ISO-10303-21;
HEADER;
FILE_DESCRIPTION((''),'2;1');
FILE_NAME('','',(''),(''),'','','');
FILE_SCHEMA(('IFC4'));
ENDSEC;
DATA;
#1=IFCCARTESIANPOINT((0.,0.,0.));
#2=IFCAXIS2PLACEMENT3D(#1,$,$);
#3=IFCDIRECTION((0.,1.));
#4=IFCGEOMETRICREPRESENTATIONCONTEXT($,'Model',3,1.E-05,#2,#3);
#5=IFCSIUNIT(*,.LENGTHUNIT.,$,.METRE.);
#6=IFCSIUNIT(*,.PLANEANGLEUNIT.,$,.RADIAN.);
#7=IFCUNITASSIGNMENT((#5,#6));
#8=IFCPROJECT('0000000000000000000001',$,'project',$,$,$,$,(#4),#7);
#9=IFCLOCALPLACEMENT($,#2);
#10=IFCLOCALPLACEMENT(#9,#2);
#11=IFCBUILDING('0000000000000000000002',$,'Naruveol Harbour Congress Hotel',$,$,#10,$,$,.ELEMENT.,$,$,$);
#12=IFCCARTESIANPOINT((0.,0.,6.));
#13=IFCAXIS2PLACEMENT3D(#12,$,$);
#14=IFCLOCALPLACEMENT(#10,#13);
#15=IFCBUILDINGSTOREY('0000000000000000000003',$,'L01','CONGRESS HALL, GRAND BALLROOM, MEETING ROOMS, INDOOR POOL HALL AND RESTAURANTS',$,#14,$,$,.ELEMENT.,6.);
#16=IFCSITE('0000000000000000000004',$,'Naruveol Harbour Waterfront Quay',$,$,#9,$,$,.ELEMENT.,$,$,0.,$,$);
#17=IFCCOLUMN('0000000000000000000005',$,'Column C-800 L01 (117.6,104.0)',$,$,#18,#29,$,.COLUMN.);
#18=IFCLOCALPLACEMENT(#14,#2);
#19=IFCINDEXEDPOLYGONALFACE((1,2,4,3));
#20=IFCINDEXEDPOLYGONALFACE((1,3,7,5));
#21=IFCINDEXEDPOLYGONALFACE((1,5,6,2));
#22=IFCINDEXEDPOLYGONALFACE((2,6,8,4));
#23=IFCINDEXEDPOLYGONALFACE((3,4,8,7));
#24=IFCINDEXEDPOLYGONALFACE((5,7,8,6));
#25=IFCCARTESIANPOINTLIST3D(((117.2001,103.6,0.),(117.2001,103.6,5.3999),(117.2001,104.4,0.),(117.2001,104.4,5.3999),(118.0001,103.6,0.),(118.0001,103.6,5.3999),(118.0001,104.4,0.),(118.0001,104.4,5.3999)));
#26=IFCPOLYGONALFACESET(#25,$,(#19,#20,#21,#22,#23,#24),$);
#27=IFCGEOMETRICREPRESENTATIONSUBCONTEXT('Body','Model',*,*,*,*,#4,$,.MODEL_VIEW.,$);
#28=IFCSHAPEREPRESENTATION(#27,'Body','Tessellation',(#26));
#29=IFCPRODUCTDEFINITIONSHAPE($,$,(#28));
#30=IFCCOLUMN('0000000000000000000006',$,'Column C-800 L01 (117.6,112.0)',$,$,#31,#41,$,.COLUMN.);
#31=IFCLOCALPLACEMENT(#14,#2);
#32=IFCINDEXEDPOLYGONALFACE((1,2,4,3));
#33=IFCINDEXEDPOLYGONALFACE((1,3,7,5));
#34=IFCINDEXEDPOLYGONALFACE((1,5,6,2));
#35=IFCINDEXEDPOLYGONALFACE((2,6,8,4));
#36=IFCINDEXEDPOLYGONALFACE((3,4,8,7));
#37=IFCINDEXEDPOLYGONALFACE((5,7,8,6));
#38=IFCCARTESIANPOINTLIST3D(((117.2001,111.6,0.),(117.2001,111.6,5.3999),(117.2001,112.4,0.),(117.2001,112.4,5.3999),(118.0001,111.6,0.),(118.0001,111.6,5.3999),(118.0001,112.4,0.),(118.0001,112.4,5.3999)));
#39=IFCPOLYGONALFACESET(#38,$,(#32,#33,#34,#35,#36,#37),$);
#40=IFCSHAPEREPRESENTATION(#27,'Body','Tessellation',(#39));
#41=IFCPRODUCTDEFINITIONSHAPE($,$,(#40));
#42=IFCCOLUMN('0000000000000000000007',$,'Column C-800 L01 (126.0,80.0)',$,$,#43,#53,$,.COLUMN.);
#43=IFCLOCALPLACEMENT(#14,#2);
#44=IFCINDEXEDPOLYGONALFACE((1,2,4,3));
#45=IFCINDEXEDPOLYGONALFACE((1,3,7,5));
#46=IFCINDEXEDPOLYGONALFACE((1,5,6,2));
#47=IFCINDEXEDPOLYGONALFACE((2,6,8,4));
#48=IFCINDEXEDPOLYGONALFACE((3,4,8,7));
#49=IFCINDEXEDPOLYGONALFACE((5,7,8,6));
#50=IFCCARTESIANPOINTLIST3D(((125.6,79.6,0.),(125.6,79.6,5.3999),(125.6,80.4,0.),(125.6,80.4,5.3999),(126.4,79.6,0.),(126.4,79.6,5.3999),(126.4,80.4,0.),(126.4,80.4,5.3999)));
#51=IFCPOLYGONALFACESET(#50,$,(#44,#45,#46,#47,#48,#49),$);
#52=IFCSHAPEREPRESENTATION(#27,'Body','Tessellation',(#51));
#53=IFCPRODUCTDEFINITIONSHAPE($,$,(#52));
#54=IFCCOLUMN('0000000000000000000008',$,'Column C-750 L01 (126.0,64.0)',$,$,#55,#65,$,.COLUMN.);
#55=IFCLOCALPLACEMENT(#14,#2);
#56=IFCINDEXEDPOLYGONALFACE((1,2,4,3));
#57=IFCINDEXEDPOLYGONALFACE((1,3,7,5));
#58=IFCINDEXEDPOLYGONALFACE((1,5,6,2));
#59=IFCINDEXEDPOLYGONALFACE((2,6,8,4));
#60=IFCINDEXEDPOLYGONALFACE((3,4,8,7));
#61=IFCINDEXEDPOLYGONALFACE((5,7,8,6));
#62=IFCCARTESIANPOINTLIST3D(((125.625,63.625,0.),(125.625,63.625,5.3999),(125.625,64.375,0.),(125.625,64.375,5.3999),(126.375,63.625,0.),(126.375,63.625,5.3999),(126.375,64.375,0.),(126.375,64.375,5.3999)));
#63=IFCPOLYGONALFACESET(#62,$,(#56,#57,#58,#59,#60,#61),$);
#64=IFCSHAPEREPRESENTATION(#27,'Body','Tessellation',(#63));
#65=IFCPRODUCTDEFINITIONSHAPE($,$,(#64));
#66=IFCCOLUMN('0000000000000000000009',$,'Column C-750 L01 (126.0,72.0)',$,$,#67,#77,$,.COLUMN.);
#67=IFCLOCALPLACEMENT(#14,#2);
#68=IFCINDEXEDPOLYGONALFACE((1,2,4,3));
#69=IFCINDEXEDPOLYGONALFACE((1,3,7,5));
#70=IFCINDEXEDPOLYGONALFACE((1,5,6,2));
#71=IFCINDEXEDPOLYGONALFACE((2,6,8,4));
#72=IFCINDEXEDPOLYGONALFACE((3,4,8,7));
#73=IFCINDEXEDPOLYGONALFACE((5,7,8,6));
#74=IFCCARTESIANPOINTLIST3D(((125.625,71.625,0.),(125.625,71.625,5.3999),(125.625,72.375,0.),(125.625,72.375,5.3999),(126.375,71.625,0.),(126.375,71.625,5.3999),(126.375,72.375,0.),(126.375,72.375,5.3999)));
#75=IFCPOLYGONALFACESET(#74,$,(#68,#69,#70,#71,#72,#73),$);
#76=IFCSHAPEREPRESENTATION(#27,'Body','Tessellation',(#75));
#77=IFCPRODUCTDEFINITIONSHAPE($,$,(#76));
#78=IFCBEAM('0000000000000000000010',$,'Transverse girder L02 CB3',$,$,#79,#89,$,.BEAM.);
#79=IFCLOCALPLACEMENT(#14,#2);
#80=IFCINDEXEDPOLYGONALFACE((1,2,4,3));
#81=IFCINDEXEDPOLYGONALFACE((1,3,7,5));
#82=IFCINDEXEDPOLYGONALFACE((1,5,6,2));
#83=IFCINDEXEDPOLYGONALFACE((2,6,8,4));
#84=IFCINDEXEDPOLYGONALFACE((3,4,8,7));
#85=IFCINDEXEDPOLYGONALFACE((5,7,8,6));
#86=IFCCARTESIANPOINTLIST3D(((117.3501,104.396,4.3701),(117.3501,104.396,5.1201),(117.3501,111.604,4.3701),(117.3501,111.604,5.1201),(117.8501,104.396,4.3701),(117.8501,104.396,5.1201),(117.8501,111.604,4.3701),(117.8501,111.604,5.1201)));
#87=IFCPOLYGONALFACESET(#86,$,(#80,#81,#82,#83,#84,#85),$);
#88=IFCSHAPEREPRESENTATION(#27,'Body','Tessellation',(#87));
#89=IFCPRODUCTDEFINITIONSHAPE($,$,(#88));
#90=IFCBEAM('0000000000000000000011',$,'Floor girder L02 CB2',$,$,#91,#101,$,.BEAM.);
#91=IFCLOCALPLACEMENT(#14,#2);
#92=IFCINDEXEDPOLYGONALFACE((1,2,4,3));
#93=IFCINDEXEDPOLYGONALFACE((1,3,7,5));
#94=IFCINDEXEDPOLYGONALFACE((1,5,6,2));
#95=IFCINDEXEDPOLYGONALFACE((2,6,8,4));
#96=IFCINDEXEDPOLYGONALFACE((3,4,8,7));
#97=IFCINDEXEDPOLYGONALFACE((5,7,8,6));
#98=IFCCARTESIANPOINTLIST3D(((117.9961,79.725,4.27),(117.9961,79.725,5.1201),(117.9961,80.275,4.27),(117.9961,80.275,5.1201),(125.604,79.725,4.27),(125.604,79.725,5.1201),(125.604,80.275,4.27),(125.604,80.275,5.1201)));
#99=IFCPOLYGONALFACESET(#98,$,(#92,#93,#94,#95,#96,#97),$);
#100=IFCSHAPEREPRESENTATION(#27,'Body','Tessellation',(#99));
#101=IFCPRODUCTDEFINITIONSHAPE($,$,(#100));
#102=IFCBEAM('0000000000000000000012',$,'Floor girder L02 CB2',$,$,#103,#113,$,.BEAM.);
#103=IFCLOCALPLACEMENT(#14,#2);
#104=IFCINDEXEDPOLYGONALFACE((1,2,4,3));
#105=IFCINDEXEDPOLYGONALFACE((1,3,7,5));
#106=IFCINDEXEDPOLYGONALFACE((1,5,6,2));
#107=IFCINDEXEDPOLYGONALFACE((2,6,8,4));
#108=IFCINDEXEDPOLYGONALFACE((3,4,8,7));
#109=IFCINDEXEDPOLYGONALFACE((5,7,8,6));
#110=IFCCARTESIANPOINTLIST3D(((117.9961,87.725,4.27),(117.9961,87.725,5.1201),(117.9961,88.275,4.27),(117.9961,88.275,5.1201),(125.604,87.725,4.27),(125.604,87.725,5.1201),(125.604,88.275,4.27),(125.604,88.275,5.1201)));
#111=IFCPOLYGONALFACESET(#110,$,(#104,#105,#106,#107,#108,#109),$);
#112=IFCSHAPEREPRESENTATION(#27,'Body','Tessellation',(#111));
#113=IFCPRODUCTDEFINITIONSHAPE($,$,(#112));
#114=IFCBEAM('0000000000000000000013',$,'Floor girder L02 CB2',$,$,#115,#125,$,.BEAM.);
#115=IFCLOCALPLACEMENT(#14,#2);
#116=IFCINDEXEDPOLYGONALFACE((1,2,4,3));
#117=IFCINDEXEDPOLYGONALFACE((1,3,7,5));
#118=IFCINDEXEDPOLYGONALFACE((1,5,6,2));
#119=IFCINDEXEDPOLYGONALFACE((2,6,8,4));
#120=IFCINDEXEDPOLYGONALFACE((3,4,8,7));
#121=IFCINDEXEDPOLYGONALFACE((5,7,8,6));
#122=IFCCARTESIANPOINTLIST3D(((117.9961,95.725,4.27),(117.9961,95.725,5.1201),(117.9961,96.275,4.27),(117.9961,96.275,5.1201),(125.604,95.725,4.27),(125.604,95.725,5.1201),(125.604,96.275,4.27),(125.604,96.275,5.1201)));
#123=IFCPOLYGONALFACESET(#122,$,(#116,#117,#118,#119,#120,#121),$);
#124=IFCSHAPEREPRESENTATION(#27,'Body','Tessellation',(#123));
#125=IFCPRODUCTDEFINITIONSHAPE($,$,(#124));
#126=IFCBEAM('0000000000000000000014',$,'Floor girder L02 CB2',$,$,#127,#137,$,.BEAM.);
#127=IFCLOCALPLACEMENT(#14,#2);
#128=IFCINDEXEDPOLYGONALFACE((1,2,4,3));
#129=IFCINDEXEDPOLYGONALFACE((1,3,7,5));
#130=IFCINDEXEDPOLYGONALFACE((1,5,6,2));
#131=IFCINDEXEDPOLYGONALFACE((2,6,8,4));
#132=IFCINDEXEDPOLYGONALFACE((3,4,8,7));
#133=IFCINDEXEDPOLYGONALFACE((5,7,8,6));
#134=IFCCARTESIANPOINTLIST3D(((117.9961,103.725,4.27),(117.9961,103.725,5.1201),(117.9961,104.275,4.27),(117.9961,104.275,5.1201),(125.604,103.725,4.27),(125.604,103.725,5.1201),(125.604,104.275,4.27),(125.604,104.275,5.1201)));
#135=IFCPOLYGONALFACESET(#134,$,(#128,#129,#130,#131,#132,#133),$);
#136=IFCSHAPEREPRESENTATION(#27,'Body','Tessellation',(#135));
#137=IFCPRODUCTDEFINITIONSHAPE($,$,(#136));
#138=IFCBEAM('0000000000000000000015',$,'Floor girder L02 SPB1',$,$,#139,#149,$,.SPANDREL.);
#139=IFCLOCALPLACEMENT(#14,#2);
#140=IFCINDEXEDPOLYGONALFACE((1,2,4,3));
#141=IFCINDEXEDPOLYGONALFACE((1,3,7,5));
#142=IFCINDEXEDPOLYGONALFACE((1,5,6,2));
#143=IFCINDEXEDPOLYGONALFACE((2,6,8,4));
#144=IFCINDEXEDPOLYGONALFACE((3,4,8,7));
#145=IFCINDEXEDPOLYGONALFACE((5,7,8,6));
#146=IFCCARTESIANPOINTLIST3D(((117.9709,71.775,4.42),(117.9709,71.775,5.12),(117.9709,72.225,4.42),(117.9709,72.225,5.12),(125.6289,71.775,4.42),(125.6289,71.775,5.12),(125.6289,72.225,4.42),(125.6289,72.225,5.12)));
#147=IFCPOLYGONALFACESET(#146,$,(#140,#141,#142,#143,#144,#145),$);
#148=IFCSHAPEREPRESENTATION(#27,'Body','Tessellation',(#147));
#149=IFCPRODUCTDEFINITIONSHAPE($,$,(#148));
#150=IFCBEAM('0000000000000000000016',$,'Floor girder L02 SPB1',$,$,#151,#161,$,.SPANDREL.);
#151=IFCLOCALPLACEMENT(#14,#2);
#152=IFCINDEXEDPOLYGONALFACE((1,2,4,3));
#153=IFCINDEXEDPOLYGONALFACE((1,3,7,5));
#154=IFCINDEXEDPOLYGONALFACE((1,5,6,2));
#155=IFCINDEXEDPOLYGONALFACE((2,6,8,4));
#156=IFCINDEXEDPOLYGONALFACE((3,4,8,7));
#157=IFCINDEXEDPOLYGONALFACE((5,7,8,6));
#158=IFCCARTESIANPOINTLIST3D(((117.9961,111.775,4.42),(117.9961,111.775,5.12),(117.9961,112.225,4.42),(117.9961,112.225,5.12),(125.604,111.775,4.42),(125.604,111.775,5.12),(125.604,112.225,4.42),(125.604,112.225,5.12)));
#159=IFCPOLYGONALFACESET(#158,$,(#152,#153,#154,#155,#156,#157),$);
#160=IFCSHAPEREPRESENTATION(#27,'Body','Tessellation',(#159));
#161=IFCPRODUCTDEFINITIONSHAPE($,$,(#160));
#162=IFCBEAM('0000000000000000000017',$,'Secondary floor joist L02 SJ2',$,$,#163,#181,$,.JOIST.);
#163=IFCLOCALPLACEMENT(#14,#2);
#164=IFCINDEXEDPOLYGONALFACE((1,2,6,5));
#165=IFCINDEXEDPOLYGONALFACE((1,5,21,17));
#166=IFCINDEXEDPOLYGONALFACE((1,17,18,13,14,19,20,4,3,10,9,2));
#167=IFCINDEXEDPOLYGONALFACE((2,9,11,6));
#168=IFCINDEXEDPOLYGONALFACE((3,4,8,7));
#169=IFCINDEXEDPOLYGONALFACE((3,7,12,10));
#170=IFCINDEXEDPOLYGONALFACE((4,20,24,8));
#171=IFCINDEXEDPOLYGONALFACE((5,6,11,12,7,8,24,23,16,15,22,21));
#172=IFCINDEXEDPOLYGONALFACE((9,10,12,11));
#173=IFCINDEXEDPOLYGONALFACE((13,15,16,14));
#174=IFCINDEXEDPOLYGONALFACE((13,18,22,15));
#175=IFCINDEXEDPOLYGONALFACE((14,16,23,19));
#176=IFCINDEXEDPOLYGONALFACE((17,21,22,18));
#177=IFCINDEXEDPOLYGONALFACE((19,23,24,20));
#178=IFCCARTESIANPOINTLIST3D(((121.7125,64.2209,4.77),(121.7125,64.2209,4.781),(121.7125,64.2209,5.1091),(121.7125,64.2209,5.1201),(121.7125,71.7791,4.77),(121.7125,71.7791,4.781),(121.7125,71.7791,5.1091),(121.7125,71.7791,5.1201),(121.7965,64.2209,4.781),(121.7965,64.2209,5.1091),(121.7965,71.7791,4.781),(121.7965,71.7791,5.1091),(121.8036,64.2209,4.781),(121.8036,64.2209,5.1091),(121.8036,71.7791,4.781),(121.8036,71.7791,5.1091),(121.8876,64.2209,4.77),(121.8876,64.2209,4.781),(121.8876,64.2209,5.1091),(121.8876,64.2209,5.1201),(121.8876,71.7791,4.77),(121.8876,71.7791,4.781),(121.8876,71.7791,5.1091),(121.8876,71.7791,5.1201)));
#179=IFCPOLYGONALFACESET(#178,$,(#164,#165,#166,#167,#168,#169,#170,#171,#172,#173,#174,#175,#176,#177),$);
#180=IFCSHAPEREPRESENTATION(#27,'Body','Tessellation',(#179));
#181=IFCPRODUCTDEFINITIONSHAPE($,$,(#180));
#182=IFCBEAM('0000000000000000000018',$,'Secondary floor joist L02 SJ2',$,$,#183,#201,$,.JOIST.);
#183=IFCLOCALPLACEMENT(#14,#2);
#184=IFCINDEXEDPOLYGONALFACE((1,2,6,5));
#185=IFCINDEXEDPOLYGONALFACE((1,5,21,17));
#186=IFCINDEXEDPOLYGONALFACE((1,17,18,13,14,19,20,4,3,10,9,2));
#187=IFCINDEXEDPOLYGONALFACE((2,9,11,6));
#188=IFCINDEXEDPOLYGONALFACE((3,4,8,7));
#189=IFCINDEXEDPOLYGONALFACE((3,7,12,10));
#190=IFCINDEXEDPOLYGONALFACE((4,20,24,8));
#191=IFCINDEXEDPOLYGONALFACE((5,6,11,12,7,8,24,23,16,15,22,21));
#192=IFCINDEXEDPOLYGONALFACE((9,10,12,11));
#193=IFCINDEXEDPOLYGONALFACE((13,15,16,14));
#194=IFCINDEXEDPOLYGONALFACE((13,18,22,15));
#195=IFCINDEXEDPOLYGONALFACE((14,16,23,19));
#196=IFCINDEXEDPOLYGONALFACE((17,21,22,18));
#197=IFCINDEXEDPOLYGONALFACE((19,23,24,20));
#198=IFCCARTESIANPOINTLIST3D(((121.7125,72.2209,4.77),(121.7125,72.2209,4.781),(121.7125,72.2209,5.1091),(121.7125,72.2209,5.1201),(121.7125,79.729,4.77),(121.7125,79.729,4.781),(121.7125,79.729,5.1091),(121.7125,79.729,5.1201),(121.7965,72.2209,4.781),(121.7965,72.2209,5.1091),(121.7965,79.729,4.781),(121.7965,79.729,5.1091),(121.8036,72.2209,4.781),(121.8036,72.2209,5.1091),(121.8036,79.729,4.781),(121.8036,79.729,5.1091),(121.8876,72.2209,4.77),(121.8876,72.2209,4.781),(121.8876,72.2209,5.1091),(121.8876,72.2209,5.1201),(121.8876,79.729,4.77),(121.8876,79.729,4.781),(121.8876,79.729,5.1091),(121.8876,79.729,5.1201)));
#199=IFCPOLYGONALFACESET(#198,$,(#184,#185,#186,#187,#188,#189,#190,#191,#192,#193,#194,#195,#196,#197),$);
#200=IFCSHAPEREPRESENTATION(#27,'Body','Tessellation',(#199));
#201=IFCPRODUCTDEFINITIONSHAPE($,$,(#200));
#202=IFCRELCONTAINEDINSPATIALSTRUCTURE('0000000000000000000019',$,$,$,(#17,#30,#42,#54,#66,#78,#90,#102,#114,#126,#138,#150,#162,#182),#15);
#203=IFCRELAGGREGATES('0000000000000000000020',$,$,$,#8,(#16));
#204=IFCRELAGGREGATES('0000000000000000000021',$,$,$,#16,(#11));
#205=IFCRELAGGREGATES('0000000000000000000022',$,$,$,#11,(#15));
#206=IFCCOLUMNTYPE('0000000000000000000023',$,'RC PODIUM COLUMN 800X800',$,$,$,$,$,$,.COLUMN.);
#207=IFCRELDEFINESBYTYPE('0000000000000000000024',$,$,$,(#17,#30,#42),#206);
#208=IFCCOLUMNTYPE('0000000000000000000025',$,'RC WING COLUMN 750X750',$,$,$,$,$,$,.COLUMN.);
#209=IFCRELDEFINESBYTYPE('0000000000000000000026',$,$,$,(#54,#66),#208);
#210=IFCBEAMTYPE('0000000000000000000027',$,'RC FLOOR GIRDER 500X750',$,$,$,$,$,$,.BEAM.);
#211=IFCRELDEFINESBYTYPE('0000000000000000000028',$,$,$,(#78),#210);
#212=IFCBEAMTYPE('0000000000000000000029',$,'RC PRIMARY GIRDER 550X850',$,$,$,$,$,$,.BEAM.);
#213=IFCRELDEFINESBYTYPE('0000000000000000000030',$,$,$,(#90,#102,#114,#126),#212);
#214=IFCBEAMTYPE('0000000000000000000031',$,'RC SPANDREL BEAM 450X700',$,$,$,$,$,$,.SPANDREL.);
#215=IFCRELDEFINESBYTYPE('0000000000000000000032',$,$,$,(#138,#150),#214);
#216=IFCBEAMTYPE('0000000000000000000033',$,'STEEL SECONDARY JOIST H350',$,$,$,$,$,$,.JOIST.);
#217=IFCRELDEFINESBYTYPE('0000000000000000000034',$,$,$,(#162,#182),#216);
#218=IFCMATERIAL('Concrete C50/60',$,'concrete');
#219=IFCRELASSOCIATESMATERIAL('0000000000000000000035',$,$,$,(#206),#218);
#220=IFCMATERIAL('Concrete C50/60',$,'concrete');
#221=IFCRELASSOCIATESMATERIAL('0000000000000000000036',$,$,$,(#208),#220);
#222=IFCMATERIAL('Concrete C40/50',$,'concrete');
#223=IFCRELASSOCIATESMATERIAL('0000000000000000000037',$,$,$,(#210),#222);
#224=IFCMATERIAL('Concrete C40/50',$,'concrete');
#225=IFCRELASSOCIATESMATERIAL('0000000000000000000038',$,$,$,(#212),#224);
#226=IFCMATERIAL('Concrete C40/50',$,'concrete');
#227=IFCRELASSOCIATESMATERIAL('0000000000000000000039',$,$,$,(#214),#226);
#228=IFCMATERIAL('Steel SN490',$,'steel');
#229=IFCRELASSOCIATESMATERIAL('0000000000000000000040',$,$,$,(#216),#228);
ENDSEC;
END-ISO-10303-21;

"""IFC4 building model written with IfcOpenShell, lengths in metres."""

from ifc_helpers import new_model, si_unit, direction, frame, origin, origin_2d, place, context, subcontext, project, spatial, rectangle, i_section, extrude, material, material_profile, profile_set, type_object, element, save


model = new_model("IFC4")

# Units and contexts
model_context = context("Model", 3, precision=1e-05, world=origin(), true_north=direction((0.0, 1.0)))
body_context = subcontext(model_context, "Body", "Model", "MODEL_VIEW")
ifc_project = project(units=[si_unit("LENGTHUNIT", "METRE"), si_unit("PLANEANGLEUNIT", "RADIAN")], contexts=[model_context])

# Site, building, storey
site_placement = place(None, origin())
site = spatial("IfcSite", under=ifc_project, at=site_placement, Name="Naruveol Harbour Waterfront Quay", CompositionType="ELEMENT", RefElevation=0.0)
building_placement = place(site_placement, origin())
building = spatial("IfcBuilding", under=site, at=building_placement, Name="Naruveol Harbour Congress Hotel", CompositionType="ELEMENT")
storey_placement = place(building_placement, frame((0.0, 0.0, 6.0)))
storey = spatial("IfcBuildingStorey", under=building, at=storey_placement, Name="L01", Description="CONGRESS HALL, GRAND BALLROOM, MEETING ROOMS, INDOOR POOL HALL AND RESTAURANTS", CompositionType="ELEMENT", Elevation=6.0)

# Columns
ifc_material_1 = material(Name="Concrete C50/60", Category="concrete")
ifc_material_profile_1 = material_profile(ifc_material_1, rectangle(XDim=0.8, YDim=0.8, at=origin_2d()), Name="RC-800x800")
ifc_profile_set_1 = profile_set([ifc_material_profile_1], Name="Concrete C50/60")
column_type_1 = type_object("IfcColumnType", Name="RC PODIUM COLUMN 800X800", PredefinedType="COLUMN", material=ifc_profile_set_1)
for number, where, z_axis, x_axis, name in (
    (1, (117.6001, 104.0, 0.0), (0.0, 0.0, 1.0), (1.0, 0.0, 0.0), "Column C-800 L01 (117.6,104.0)"),
    (2, (117.6001, 112.0, 0.0), (0.0, 0.0, 1.0), (1.0, 0.0, 0.0), "Column C-800 L01 (117.6,112.0)"),
    (3, (126.0, 80.0, 0.0), (0.0, 0.0, 1.0), (1.0, 0.0, 0.0), "Column C-800 L01 (126.0,80.0)"),
):
    element("IfcColumn", number, at=place(storey_placement, frame(where, z_axis=z_axis, x_axis=x_axis)), inside=storey, type_object=column_type_1, Name=name, PredefinedType="COLUMN", context=body_context, shape_type="SweptSolid", body=[
        extrude(rectangle(XDim=0.8, YDim=0.8, at=origin_2d()), origin(), (0.0, 0.0, 1.0), 5.3999),
    ])
ifc_material_2 = material(Name="Concrete C50/60", Category="concrete")
ifc_material_profile_2 = material_profile(ifc_material_2, rectangle(XDim=0.75, YDim=0.75, at=origin_2d()), Name="RC-750x750")
ifc_profile_set_2 = profile_set([ifc_material_profile_2], Name="Concrete C50/60")
column_type_2 = type_object("IfcColumnType", Name="RC WING COLUMN 750X750", PredefinedType="COLUMN", material=ifc_profile_set_2)
for number, where, z_axis, x_axis, name in (
    (4, (126.0, 64.0, 0.0), (0.0, 0.0, 1.0), (1.0, 0.0, 0.0), "Column C-750 L01 (126.0,64.0)"),
    (5, (126.0, 72.0, 0.0), (0.0, 0.0, 1.0), (1.0, 0.0, 0.0), "Column C-750 L01 (126.0,72.0)"),
):
    element("IfcColumn", number, at=place(storey_placement, frame(where, z_axis=z_axis, x_axis=x_axis)), inside=storey, type_object=column_type_2, Name=name, PredefinedType="COLUMN", context=body_context, shape_type="SweptSolid", body=[
        extrude(rectangle(XDim=0.75, YDim=0.75, at=origin_2d()), origin(), (0.0, 0.0, 1.0), 5.3999),
    ])

# Beams
ifc_material_3 = material(Name="Concrete C40/50", Category="concrete")
ifc_material_profile_3 = material_profile(ifc_material_3, rectangle(XDim=0.5, YDim=0.75, at=origin_2d()), Name="RCB-500x750")
ifc_profile_set_3 = profile_set([ifc_material_profile_3], Name="Concrete C40/50")
beam_type_1 = type_object("IfcBeamType", Name="RC FLOOR GIRDER 500X750", PredefinedType="BEAM", material=ifc_profile_set_3)
beam_1_placement = place(storey_placement, frame((117.6001, 104.396, 4.7451), z_axis=(0.0, 1.0, 0.0), x_axis=(-1.0, 0.0, 0.0)))
element("IfcBeam", 6, at=beam_1_placement, inside=storey, type_object=beam_type_1, Name="Transverse girder L02 CB3", PredefinedType="BEAM", context=body_context, shape_type="SweptSolid", body=[
    extrude(rectangle(XDim=0.5, YDim=0.75, at=origin_2d()), origin(), (0.0, 0.0, 1.0), 7.208),
])
ifc_material_4 = material(Name="Concrete C40/50", Category="concrete")
ifc_material_profile_4 = material_profile(ifc_material_4, rectangle(XDim=0.55, YDim=0.8501, at=origin_2d()), Name="RCB-550x850")
ifc_profile_set_4 = profile_set([ifc_material_profile_4], Name="Concrete C40/50")
beam_type_2 = type_object("IfcBeamType", Name="RC PRIMARY GIRDER 550X850", PredefinedType="BEAM", material=ifc_profile_set_4)
for number, where, z_axis, x_axis, name in (
    (7, (117.9961, 80.0, 4.6951), (1.0, 0.0, 0.0), (0.0, 1.0, 0.0), "Floor girder L02 CB2"),
    (8, (117.9961, 88.0, 4.6951), (1.0, 0.0, 0.0), (0.0, 1.0, 0.0), "Floor girder L02 CB2"),
    (9, (117.9961, 96.0, 4.6951), (1.0, 0.0, 0.0), (0.0, 1.0, 0.0), "Floor girder L02 CB2"),
    (10, (117.9961, 104.0, 4.6951), (1.0, 0.0, 0.0), (0.0, 1.0, 0.0), "Floor girder L02 CB2"),
):
    element("IfcBeam", number, at=place(storey_placement, frame(where, z_axis=z_axis, x_axis=x_axis)), inside=storey, type_object=beam_type_2, Name=name, PredefinedType="BEAM", context=body_context, shape_type="SweptSolid", body=[
        extrude(rectangle(XDim=0.55, YDim=0.8501, at=origin_2d()), origin(), (0.0, 0.0, 1.0), 7.6079),
    ])
ifc_material_5 = material(Name="Concrete C40/50", Category="concrete")
ifc_material_profile_5 = material_profile(ifc_material_5, rectangle(XDim=0.45, YDim=0.7, at=origin_2d()), Name="RCB-450x700")
ifc_profile_set_5 = profile_set([ifc_material_profile_5], Name="Concrete C40/50")
beam_type_3 = type_object("IfcBeamType", Name="RC SPANDREL BEAM 450X700", PredefinedType="SPANDREL", material=ifc_profile_set_5)
beam_2_placement = place(storey_placement, frame((117.9709, 72.0, 4.77), z_axis=(1.0, 0.0, 0.0), x_axis=(0.0, 1.0, 0.0)))
element("IfcBeam", 11, at=beam_2_placement, inside=storey, type_object=beam_type_3, Name="Floor girder L02 SPB1", PredefinedType="SPANDREL", context=body_context, shape_type="SweptSolid", body=[
    extrude(rectangle(XDim=0.45, YDim=0.7, at=origin_2d()), origin(), (0.0, 0.0, 1.0), 7.658),
])
beam_3_placement = place(storey_placement, frame((117.9961, 112.0, 4.77), z_axis=(1.0, 0.0, 0.0), x_axis=(0.0, 1.0, 0.0)))
element("IfcBeam", 12, at=beam_3_placement, inside=storey, type_object=beam_type_3, Name="Floor girder L02 SPB1", PredefinedType="SPANDREL", context=body_context, shape_type="SweptSolid", body=[
    extrude(rectangle(XDim=0.45, YDim=0.7, at=origin_2d()), origin(), (0.0, 0.0, 1.0), 7.6079),
])
ifc_material_6 = material(Name="Steel SN490", Category="steel")
ifc_material_profile_6 = material_profile(ifc_material_6, i_section(OverallWidth=0.175, OverallDepth=0.3501, WebThickness=0.0071, FlangeThickness=0.011, at=origin_2d()), Name="H-350x175x7x11")
ifc_profile_set_6 = profile_set([ifc_material_profile_6], Name="Steel SN490")
beam_type_4 = type_object("IfcBeamType", Name="STEEL SECONDARY JOIST H350", PredefinedType="JOIST", material=ifc_profile_set_6)
beam_4_placement = place(storey_placement, frame((121.8, 64.2209, 4.9451), z_axis=(0.0, 1.0, 0.0), x_axis=(-1.0, 0.0, 0.0)))
element("IfcBeam", 13, at=beam_4_placement, inside=storey, type_object=beam_type_4, Name="Secondary floor joist L02 SJ2", PredefinedType="JOIST", context=body_context, shape_type="SweptSolid", body=[
    extrude(i_section(OverallWidth=0.175, OverallDepth=0.3501, WebThickness=0.0071, FlangeThickness=0.011, at=origin_2d()), origin(), (0.0, 0.0, 1.0), 7.5581),
])
beam_5_placement = place(storey_placement, frame((121.8, 72.2209, 4.9451), z_axis=(0.0, 1.0, 0.0), x_axis=(-1.0, 0.0, 0.0)))
element("IfcBeam", 14, at=beam_5_placement, inside=storey, type_object=beam_type_4, Name="Secondary floor joist L02 SJ2", PredefinedType="JOIST", context=body_context, shape_type="SweptSolid", body=[
    extrude(i_section(OverallWidth=0.175, OverallDepth=0.3501, WebThickness=0.0071, FlangeThickness=0.011, at=origin_2d()), origin(), (0.0, 0.0, 1.0), 7.5081),
])

save(model, "model.ifc")
